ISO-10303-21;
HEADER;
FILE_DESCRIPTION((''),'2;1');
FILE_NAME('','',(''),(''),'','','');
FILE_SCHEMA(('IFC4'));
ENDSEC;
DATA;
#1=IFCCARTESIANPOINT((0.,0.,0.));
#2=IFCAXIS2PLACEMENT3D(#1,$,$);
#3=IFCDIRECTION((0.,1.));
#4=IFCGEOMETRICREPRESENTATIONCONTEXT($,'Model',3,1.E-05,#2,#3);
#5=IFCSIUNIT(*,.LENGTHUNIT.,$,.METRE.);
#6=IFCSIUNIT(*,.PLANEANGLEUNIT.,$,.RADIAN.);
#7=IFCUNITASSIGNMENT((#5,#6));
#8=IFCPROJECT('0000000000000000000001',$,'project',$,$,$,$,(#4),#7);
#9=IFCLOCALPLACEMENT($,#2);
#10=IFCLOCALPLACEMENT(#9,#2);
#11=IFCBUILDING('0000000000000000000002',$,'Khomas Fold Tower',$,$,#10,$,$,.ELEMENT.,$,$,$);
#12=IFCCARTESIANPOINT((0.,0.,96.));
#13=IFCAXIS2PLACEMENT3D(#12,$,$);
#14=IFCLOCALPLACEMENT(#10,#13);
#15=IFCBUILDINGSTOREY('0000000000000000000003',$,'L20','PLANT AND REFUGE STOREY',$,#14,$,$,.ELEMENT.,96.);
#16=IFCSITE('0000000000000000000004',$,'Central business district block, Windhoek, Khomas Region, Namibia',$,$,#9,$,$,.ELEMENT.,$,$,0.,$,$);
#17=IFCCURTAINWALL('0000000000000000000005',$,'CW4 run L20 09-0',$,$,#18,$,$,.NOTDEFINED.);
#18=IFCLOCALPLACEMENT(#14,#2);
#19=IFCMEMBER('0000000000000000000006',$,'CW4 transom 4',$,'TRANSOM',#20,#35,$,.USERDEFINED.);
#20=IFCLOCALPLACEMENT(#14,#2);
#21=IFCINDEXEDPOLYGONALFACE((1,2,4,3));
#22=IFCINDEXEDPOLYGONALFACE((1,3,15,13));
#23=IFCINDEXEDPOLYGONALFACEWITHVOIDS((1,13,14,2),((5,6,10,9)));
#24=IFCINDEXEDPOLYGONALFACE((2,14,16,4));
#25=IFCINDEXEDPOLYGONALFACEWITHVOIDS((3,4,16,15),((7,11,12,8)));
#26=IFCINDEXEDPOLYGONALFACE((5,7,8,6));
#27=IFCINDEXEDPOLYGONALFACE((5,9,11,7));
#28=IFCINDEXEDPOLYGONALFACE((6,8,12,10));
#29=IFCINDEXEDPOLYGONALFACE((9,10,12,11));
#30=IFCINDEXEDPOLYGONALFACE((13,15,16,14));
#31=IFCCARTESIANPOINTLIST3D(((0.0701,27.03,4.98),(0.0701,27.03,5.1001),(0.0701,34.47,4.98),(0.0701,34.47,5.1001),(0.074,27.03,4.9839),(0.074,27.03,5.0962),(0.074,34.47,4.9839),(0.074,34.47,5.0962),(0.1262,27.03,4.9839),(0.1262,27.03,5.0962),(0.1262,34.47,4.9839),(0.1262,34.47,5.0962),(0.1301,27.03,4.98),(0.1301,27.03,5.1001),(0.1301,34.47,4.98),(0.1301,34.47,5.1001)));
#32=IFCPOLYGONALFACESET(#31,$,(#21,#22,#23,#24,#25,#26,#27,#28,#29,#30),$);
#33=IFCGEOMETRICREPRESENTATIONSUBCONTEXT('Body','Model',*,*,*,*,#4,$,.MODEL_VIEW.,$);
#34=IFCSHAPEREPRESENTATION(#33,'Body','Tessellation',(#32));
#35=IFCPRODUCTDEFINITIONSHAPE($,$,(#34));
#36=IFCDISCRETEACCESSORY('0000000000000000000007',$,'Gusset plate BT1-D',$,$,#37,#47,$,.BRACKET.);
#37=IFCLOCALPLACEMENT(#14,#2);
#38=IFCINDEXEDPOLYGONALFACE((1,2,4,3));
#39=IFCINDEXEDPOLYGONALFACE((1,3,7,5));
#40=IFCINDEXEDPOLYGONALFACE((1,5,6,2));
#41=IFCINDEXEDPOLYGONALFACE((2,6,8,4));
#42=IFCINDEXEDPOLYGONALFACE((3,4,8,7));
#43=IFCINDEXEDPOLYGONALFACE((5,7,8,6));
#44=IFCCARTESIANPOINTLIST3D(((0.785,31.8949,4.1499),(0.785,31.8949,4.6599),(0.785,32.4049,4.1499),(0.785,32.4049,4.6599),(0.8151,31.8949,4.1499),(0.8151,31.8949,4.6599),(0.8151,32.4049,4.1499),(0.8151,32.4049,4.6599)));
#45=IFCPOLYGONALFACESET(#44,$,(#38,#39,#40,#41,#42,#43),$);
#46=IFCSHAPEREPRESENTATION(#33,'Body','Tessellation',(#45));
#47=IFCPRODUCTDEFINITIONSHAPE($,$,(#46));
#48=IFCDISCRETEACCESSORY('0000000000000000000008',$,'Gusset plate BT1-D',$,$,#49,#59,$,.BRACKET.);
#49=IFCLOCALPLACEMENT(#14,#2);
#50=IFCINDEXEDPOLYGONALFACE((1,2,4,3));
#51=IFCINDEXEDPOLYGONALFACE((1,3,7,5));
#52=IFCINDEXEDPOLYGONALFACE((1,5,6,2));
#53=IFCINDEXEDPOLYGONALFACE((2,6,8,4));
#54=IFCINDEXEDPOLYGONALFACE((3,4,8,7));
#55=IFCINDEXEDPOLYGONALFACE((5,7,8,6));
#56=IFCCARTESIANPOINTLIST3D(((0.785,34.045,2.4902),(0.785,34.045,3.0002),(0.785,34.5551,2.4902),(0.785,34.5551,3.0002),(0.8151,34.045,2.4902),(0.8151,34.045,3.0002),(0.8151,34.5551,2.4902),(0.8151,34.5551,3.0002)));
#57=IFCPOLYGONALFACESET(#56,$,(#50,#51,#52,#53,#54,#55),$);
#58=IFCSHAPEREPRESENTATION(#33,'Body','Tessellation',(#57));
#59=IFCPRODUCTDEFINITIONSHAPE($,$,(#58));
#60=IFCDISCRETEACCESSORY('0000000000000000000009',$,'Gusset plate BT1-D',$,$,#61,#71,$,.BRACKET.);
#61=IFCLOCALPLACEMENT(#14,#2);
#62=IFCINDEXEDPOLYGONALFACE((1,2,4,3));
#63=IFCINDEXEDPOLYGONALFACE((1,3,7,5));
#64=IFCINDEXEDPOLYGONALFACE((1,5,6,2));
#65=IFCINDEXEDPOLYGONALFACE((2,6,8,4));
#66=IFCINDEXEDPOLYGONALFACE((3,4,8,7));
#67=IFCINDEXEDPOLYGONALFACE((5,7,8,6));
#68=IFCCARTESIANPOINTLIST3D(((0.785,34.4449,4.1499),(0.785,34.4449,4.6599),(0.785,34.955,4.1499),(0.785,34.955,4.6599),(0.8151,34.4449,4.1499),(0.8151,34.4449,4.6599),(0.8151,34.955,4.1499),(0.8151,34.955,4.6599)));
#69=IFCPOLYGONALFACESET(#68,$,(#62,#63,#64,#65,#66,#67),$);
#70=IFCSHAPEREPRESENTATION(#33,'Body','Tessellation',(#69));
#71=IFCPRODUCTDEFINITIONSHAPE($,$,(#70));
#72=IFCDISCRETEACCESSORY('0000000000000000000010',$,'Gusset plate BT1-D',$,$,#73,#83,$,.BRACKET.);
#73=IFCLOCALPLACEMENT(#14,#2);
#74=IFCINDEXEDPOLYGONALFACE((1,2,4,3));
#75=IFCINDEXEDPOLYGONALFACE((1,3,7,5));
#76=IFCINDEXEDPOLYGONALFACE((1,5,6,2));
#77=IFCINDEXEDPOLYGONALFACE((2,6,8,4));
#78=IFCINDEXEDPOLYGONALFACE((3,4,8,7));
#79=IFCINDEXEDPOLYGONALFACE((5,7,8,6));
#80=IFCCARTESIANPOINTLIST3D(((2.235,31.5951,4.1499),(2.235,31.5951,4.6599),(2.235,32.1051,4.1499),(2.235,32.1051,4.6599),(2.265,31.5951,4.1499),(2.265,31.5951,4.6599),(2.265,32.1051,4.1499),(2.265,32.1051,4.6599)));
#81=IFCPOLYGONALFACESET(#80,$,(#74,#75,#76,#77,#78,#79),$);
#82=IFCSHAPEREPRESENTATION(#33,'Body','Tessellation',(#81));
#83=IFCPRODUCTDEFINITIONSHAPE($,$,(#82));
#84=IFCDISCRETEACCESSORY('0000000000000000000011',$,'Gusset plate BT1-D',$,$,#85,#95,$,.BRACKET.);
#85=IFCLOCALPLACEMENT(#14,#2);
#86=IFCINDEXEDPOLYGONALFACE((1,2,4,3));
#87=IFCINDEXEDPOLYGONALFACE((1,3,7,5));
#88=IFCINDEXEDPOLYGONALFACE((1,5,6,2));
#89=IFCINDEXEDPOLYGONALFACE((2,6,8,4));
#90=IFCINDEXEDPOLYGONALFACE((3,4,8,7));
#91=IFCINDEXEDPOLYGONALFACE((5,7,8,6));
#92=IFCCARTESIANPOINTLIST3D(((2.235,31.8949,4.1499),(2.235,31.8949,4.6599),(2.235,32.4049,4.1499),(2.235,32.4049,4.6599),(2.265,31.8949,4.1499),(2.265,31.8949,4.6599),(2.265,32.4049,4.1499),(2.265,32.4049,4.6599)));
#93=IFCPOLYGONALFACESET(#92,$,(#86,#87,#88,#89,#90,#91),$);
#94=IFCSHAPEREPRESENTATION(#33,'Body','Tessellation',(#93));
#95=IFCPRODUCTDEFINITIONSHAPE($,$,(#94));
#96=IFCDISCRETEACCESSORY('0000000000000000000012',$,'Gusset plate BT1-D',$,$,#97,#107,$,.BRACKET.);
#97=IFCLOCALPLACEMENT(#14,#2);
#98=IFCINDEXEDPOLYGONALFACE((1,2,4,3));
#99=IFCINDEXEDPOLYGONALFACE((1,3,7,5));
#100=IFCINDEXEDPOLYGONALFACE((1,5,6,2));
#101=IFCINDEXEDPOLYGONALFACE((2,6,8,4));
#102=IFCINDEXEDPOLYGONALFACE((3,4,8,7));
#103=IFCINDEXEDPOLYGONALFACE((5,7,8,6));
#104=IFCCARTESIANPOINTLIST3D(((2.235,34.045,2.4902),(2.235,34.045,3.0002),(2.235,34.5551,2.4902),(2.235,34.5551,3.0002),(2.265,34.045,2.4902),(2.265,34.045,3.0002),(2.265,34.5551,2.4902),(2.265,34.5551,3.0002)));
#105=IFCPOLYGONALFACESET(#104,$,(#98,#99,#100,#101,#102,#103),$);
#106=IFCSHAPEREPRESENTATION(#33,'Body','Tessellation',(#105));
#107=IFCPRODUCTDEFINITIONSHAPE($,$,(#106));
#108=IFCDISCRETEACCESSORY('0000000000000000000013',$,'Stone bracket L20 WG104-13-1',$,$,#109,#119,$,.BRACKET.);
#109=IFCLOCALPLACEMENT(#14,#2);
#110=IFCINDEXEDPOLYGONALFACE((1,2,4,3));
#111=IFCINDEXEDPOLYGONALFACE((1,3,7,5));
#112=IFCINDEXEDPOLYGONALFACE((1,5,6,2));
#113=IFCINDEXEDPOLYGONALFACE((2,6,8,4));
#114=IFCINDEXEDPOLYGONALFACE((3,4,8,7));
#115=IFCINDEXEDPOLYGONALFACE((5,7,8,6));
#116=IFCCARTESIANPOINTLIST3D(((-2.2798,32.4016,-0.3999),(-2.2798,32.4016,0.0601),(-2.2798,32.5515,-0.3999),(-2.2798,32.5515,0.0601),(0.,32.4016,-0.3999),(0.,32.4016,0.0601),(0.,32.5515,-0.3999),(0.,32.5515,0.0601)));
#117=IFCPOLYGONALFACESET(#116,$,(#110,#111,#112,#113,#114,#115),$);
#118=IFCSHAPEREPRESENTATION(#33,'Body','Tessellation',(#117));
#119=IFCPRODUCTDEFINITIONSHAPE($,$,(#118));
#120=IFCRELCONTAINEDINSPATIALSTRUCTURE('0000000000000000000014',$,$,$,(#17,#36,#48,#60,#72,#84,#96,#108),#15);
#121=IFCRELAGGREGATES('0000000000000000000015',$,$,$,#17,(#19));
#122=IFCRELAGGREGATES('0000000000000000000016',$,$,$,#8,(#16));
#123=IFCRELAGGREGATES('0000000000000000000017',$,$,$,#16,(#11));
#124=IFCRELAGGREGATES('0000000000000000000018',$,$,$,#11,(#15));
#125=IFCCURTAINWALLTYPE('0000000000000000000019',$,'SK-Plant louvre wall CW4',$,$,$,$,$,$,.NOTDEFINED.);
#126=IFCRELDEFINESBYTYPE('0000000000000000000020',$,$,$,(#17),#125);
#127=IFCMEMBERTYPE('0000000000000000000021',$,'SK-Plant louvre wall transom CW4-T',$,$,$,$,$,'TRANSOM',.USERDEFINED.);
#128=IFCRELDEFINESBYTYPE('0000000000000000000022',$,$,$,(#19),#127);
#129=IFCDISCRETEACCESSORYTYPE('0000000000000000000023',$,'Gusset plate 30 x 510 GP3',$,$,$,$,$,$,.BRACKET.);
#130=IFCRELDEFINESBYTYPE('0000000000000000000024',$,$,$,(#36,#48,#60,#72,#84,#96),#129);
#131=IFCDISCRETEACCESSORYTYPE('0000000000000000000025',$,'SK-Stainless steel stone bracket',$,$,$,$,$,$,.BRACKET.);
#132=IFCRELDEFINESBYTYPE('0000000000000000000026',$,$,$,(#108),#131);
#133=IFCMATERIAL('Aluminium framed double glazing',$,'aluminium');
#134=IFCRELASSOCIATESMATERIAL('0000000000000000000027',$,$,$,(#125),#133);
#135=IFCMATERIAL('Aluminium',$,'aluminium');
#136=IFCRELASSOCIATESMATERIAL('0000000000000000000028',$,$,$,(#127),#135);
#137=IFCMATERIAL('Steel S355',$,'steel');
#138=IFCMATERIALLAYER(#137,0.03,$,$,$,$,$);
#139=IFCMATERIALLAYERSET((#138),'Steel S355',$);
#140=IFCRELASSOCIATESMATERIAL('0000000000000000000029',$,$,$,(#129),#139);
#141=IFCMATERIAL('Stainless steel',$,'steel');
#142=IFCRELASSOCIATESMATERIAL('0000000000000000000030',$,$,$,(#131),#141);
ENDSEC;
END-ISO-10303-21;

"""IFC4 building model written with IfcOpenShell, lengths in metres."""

from ifc_helpers import new_model, si_unit, direction, frame, origin, origin_2d, place, context, subcontext, project, spatial, rectangle, hollow_rectangle, extrude, source, transform, mapped, material, layer, layer_set, material_profile, profile_set, type_object, element, aggregate, save


model = new_model("IFC4")

# Units and contexts
model_context = context("Model", 3, precision=1e-05, world=origin(), true_north=direction((0.0, 1.0)))
body_context = subcontext(model_context, "Body", "Model", "MODEL_VIEW")
ifc_project = project(units=[si_unit("LENGTHUNIT", "METRE"), si_unit("PLANEANGLEUNIT", "RADIAN")], contexts=[model_context])

# Site, building, storey
site_placement = place(None, origin())
site = spatial("IfcSite", under=ifc_project, at=site_placement, Name="Central business district block, Windhoek, Khomas Region, Namibia", CompositionType="ELEMENT", RefElevation=0.0)
building_placement = place(site_placement, origin())
building = spatial("IfcBuilding", under=site, at=building_placement, Name="Khomas Fold Tower", CompositionType="ELEMENT")
storey_placement = place(building_placement, frame((0.0, 0.0, 96.0)))
storey = spatial("IfcBuildingStorey", under=building, at=storey_placement, Name="L20", Description="PLANT AND REFUGE STOREY", CompositionType="ELEMENT", Elevation=96.0)

# Curtain wall, member
ifc_material_1 = material(Name="Aluminium framed double glazing", Category="aluminium")
curtain_wall_type = type_object("IfcCurtainWallType", Name="SK-Plant louvre wall CW4", PredefinedType="NOTDEFINED", material=ifc_material_1)
curtain_wall_placement = place(storey_placement, origin())
curtain_wall = element("IfcCurtainWall", 1, at=curtain_wall_placement, inside=storey, type_object=curtain_wall_type, Name="CW4 run L20 09-0", PredefinedType="NOTDEFINED")
ifc_material_2 = material(Name="Aluminium", Category="aluminium")
ifc_material_profile_1 = material_profile(ifc_material_2, hollow_rectangle(XDim=0.0601, YDim=0.1201, WallThickness=0.0039, at=origin_2d()), Name="SK-Plant louvre wall transom CW4-T")
ifc_profile_set_1 = profile_set([ifc_material_profile_1], Name="Aluminium")
member_type_1 = type_object("IfcMemberType", Name="SK-Plant louvre wall transom CW4-T", ElementType="TRANSOM", PredefinedType="USERDEFINED", material=ifc_profile_set_1)
shared_shape_1 = source(origin(), body_context, "Body", "SweptSolid", [
    extrude(hollow_rectangle(XDim=0.0601, YDim=0.1201, WallThickness=0.0039, at=origin_2d()), origin(), (0.0, 0.0, 1.0), 7.4399),
])
member_1_placement = place(storey_placement, frame((0.1001, 34.47, 5.04), z_axis=(0.0, -1.0, 0.0), x_axis=(1.0, 0.0, 0.0)))
member_1 = element("IfcMember", 2, at=member_1_placement, type_object=member_type_1, Name="CW4 transom 4", ObjectType="TRANSOM", PredefinedType="USERDEFINED", context=body_context, shape_type="MappedRepresentation", body=[
    mapped(shared_shape_1, transform((0.0, 0.0, 0.0))),
])
aggregate(curtain_wall, [member_1])

# Discrete accessories
ifc_material_3 = material(Name="Steel S355", Category="steel")
ifc_layer_1 = layer(ifc_material_3, 0.03)
ifc_layer_set_1 = layer_set([ifc_layer_1], Name="Steel S355")
discrete_accessory_type_1 = type_object("IfcDiscreteAccessoryType", Name="Gusset plate 30 x 510 GP3", PredefinedType="BRACKET", material=ifc_layer_set_1)
shared_shape_2 = source(origin(), body_context, "Body", "SweptSolid", [
    extrude(rectangle(XDim=0.51, YDim=0.03, at=origin_2d()), origin(), (0.0, 0.0, 1.0), 0.51),
])
for number, where, z_axis, x_axis, name in (
    (3, (0.8, 32.1499, 4.1499), (0.0, 0.0, 1.0), (0.0, 1.0, 0.0), "Gusset plate BT1-D"),
    (4, (0.8, 34.3, 2.4902), (0.0, 0.0, 1.0), (0.0, 1.0, 0.0), "Gusset plate BT1-D"),
    (5, (0.8, 34.7, 4.1499), (0.0, 0.0, 1.0), (0.0, 1.0, 0.0), "Gusset plate BT1-D"),
    (6, (2.25, 31.8501, 4.1499), (0.0, 0.0, 1.0), (0.0, 1.0, 0.0), "Gusset plate BT1-D"),
    (7, (2.25, 32.1499, 4.1499), (0.0, 0.0, 1.0), (0.0, 1.0, 0.0), "Gusset plate BT1-D"),
    (8, (2.25, 34.3, 2.4902), (0.0, 0.0, 1.0), (0.0, 1.0, 0.0), "Gusset plate BT1-D"),
):
    element("IfcDiscreteAccessory", number, at=place(storey_placement, frame(where, z_axis=z_axis, x_axis=x_axis)), inside=storey, type_object=discrete_accessory_type_1, Name=name, PredefinedType="BRACKET", context=body_context, shape_type="MappedRepresentation", body=[
        mapped(shared_shape_2, transform((0.0, 0.0, 0.0))),
    ])
ifc_material_4 = material(Name="Stainless steel", Category="steel")
discrete_accessory_type_2 = type_object("IfcDiscreteAccessoryType", Name="SK-Stainless steel stone bracket", PredefinedType="BRACKET", material=ifc_material_4)
shared_shape_3 = source(origin(), body_context, "Body", "SweptSolid", [
    extrude(rectangle(XDim=2.2798, YDim=0.1499, at=origin_2d()), origin(), (0.0, 0.0, 1.0), 0.46),
])
discrete_accessory_placement = place(storey_placement, frame((-1.1399, 32.4766, -0.3999), z_axis=(0.0, 0.0, 1.0), x_axis=(-1.0, 0.0, 0.0)))
element("IfcDiscreteAccessory", 9, at=discrete_accessory_placement, inside=storey, type_object=discrete_accessory_type_2, Name="Stone bracket L20 WG104-13-1", PredefinedType="BRACKET", context=body_context, shape_type="MappedRepresentation", body=[
    mapped(shared_shape_3, transform((0.0, 0.0, 0.0))),
])

save(model, "model.ifc")
